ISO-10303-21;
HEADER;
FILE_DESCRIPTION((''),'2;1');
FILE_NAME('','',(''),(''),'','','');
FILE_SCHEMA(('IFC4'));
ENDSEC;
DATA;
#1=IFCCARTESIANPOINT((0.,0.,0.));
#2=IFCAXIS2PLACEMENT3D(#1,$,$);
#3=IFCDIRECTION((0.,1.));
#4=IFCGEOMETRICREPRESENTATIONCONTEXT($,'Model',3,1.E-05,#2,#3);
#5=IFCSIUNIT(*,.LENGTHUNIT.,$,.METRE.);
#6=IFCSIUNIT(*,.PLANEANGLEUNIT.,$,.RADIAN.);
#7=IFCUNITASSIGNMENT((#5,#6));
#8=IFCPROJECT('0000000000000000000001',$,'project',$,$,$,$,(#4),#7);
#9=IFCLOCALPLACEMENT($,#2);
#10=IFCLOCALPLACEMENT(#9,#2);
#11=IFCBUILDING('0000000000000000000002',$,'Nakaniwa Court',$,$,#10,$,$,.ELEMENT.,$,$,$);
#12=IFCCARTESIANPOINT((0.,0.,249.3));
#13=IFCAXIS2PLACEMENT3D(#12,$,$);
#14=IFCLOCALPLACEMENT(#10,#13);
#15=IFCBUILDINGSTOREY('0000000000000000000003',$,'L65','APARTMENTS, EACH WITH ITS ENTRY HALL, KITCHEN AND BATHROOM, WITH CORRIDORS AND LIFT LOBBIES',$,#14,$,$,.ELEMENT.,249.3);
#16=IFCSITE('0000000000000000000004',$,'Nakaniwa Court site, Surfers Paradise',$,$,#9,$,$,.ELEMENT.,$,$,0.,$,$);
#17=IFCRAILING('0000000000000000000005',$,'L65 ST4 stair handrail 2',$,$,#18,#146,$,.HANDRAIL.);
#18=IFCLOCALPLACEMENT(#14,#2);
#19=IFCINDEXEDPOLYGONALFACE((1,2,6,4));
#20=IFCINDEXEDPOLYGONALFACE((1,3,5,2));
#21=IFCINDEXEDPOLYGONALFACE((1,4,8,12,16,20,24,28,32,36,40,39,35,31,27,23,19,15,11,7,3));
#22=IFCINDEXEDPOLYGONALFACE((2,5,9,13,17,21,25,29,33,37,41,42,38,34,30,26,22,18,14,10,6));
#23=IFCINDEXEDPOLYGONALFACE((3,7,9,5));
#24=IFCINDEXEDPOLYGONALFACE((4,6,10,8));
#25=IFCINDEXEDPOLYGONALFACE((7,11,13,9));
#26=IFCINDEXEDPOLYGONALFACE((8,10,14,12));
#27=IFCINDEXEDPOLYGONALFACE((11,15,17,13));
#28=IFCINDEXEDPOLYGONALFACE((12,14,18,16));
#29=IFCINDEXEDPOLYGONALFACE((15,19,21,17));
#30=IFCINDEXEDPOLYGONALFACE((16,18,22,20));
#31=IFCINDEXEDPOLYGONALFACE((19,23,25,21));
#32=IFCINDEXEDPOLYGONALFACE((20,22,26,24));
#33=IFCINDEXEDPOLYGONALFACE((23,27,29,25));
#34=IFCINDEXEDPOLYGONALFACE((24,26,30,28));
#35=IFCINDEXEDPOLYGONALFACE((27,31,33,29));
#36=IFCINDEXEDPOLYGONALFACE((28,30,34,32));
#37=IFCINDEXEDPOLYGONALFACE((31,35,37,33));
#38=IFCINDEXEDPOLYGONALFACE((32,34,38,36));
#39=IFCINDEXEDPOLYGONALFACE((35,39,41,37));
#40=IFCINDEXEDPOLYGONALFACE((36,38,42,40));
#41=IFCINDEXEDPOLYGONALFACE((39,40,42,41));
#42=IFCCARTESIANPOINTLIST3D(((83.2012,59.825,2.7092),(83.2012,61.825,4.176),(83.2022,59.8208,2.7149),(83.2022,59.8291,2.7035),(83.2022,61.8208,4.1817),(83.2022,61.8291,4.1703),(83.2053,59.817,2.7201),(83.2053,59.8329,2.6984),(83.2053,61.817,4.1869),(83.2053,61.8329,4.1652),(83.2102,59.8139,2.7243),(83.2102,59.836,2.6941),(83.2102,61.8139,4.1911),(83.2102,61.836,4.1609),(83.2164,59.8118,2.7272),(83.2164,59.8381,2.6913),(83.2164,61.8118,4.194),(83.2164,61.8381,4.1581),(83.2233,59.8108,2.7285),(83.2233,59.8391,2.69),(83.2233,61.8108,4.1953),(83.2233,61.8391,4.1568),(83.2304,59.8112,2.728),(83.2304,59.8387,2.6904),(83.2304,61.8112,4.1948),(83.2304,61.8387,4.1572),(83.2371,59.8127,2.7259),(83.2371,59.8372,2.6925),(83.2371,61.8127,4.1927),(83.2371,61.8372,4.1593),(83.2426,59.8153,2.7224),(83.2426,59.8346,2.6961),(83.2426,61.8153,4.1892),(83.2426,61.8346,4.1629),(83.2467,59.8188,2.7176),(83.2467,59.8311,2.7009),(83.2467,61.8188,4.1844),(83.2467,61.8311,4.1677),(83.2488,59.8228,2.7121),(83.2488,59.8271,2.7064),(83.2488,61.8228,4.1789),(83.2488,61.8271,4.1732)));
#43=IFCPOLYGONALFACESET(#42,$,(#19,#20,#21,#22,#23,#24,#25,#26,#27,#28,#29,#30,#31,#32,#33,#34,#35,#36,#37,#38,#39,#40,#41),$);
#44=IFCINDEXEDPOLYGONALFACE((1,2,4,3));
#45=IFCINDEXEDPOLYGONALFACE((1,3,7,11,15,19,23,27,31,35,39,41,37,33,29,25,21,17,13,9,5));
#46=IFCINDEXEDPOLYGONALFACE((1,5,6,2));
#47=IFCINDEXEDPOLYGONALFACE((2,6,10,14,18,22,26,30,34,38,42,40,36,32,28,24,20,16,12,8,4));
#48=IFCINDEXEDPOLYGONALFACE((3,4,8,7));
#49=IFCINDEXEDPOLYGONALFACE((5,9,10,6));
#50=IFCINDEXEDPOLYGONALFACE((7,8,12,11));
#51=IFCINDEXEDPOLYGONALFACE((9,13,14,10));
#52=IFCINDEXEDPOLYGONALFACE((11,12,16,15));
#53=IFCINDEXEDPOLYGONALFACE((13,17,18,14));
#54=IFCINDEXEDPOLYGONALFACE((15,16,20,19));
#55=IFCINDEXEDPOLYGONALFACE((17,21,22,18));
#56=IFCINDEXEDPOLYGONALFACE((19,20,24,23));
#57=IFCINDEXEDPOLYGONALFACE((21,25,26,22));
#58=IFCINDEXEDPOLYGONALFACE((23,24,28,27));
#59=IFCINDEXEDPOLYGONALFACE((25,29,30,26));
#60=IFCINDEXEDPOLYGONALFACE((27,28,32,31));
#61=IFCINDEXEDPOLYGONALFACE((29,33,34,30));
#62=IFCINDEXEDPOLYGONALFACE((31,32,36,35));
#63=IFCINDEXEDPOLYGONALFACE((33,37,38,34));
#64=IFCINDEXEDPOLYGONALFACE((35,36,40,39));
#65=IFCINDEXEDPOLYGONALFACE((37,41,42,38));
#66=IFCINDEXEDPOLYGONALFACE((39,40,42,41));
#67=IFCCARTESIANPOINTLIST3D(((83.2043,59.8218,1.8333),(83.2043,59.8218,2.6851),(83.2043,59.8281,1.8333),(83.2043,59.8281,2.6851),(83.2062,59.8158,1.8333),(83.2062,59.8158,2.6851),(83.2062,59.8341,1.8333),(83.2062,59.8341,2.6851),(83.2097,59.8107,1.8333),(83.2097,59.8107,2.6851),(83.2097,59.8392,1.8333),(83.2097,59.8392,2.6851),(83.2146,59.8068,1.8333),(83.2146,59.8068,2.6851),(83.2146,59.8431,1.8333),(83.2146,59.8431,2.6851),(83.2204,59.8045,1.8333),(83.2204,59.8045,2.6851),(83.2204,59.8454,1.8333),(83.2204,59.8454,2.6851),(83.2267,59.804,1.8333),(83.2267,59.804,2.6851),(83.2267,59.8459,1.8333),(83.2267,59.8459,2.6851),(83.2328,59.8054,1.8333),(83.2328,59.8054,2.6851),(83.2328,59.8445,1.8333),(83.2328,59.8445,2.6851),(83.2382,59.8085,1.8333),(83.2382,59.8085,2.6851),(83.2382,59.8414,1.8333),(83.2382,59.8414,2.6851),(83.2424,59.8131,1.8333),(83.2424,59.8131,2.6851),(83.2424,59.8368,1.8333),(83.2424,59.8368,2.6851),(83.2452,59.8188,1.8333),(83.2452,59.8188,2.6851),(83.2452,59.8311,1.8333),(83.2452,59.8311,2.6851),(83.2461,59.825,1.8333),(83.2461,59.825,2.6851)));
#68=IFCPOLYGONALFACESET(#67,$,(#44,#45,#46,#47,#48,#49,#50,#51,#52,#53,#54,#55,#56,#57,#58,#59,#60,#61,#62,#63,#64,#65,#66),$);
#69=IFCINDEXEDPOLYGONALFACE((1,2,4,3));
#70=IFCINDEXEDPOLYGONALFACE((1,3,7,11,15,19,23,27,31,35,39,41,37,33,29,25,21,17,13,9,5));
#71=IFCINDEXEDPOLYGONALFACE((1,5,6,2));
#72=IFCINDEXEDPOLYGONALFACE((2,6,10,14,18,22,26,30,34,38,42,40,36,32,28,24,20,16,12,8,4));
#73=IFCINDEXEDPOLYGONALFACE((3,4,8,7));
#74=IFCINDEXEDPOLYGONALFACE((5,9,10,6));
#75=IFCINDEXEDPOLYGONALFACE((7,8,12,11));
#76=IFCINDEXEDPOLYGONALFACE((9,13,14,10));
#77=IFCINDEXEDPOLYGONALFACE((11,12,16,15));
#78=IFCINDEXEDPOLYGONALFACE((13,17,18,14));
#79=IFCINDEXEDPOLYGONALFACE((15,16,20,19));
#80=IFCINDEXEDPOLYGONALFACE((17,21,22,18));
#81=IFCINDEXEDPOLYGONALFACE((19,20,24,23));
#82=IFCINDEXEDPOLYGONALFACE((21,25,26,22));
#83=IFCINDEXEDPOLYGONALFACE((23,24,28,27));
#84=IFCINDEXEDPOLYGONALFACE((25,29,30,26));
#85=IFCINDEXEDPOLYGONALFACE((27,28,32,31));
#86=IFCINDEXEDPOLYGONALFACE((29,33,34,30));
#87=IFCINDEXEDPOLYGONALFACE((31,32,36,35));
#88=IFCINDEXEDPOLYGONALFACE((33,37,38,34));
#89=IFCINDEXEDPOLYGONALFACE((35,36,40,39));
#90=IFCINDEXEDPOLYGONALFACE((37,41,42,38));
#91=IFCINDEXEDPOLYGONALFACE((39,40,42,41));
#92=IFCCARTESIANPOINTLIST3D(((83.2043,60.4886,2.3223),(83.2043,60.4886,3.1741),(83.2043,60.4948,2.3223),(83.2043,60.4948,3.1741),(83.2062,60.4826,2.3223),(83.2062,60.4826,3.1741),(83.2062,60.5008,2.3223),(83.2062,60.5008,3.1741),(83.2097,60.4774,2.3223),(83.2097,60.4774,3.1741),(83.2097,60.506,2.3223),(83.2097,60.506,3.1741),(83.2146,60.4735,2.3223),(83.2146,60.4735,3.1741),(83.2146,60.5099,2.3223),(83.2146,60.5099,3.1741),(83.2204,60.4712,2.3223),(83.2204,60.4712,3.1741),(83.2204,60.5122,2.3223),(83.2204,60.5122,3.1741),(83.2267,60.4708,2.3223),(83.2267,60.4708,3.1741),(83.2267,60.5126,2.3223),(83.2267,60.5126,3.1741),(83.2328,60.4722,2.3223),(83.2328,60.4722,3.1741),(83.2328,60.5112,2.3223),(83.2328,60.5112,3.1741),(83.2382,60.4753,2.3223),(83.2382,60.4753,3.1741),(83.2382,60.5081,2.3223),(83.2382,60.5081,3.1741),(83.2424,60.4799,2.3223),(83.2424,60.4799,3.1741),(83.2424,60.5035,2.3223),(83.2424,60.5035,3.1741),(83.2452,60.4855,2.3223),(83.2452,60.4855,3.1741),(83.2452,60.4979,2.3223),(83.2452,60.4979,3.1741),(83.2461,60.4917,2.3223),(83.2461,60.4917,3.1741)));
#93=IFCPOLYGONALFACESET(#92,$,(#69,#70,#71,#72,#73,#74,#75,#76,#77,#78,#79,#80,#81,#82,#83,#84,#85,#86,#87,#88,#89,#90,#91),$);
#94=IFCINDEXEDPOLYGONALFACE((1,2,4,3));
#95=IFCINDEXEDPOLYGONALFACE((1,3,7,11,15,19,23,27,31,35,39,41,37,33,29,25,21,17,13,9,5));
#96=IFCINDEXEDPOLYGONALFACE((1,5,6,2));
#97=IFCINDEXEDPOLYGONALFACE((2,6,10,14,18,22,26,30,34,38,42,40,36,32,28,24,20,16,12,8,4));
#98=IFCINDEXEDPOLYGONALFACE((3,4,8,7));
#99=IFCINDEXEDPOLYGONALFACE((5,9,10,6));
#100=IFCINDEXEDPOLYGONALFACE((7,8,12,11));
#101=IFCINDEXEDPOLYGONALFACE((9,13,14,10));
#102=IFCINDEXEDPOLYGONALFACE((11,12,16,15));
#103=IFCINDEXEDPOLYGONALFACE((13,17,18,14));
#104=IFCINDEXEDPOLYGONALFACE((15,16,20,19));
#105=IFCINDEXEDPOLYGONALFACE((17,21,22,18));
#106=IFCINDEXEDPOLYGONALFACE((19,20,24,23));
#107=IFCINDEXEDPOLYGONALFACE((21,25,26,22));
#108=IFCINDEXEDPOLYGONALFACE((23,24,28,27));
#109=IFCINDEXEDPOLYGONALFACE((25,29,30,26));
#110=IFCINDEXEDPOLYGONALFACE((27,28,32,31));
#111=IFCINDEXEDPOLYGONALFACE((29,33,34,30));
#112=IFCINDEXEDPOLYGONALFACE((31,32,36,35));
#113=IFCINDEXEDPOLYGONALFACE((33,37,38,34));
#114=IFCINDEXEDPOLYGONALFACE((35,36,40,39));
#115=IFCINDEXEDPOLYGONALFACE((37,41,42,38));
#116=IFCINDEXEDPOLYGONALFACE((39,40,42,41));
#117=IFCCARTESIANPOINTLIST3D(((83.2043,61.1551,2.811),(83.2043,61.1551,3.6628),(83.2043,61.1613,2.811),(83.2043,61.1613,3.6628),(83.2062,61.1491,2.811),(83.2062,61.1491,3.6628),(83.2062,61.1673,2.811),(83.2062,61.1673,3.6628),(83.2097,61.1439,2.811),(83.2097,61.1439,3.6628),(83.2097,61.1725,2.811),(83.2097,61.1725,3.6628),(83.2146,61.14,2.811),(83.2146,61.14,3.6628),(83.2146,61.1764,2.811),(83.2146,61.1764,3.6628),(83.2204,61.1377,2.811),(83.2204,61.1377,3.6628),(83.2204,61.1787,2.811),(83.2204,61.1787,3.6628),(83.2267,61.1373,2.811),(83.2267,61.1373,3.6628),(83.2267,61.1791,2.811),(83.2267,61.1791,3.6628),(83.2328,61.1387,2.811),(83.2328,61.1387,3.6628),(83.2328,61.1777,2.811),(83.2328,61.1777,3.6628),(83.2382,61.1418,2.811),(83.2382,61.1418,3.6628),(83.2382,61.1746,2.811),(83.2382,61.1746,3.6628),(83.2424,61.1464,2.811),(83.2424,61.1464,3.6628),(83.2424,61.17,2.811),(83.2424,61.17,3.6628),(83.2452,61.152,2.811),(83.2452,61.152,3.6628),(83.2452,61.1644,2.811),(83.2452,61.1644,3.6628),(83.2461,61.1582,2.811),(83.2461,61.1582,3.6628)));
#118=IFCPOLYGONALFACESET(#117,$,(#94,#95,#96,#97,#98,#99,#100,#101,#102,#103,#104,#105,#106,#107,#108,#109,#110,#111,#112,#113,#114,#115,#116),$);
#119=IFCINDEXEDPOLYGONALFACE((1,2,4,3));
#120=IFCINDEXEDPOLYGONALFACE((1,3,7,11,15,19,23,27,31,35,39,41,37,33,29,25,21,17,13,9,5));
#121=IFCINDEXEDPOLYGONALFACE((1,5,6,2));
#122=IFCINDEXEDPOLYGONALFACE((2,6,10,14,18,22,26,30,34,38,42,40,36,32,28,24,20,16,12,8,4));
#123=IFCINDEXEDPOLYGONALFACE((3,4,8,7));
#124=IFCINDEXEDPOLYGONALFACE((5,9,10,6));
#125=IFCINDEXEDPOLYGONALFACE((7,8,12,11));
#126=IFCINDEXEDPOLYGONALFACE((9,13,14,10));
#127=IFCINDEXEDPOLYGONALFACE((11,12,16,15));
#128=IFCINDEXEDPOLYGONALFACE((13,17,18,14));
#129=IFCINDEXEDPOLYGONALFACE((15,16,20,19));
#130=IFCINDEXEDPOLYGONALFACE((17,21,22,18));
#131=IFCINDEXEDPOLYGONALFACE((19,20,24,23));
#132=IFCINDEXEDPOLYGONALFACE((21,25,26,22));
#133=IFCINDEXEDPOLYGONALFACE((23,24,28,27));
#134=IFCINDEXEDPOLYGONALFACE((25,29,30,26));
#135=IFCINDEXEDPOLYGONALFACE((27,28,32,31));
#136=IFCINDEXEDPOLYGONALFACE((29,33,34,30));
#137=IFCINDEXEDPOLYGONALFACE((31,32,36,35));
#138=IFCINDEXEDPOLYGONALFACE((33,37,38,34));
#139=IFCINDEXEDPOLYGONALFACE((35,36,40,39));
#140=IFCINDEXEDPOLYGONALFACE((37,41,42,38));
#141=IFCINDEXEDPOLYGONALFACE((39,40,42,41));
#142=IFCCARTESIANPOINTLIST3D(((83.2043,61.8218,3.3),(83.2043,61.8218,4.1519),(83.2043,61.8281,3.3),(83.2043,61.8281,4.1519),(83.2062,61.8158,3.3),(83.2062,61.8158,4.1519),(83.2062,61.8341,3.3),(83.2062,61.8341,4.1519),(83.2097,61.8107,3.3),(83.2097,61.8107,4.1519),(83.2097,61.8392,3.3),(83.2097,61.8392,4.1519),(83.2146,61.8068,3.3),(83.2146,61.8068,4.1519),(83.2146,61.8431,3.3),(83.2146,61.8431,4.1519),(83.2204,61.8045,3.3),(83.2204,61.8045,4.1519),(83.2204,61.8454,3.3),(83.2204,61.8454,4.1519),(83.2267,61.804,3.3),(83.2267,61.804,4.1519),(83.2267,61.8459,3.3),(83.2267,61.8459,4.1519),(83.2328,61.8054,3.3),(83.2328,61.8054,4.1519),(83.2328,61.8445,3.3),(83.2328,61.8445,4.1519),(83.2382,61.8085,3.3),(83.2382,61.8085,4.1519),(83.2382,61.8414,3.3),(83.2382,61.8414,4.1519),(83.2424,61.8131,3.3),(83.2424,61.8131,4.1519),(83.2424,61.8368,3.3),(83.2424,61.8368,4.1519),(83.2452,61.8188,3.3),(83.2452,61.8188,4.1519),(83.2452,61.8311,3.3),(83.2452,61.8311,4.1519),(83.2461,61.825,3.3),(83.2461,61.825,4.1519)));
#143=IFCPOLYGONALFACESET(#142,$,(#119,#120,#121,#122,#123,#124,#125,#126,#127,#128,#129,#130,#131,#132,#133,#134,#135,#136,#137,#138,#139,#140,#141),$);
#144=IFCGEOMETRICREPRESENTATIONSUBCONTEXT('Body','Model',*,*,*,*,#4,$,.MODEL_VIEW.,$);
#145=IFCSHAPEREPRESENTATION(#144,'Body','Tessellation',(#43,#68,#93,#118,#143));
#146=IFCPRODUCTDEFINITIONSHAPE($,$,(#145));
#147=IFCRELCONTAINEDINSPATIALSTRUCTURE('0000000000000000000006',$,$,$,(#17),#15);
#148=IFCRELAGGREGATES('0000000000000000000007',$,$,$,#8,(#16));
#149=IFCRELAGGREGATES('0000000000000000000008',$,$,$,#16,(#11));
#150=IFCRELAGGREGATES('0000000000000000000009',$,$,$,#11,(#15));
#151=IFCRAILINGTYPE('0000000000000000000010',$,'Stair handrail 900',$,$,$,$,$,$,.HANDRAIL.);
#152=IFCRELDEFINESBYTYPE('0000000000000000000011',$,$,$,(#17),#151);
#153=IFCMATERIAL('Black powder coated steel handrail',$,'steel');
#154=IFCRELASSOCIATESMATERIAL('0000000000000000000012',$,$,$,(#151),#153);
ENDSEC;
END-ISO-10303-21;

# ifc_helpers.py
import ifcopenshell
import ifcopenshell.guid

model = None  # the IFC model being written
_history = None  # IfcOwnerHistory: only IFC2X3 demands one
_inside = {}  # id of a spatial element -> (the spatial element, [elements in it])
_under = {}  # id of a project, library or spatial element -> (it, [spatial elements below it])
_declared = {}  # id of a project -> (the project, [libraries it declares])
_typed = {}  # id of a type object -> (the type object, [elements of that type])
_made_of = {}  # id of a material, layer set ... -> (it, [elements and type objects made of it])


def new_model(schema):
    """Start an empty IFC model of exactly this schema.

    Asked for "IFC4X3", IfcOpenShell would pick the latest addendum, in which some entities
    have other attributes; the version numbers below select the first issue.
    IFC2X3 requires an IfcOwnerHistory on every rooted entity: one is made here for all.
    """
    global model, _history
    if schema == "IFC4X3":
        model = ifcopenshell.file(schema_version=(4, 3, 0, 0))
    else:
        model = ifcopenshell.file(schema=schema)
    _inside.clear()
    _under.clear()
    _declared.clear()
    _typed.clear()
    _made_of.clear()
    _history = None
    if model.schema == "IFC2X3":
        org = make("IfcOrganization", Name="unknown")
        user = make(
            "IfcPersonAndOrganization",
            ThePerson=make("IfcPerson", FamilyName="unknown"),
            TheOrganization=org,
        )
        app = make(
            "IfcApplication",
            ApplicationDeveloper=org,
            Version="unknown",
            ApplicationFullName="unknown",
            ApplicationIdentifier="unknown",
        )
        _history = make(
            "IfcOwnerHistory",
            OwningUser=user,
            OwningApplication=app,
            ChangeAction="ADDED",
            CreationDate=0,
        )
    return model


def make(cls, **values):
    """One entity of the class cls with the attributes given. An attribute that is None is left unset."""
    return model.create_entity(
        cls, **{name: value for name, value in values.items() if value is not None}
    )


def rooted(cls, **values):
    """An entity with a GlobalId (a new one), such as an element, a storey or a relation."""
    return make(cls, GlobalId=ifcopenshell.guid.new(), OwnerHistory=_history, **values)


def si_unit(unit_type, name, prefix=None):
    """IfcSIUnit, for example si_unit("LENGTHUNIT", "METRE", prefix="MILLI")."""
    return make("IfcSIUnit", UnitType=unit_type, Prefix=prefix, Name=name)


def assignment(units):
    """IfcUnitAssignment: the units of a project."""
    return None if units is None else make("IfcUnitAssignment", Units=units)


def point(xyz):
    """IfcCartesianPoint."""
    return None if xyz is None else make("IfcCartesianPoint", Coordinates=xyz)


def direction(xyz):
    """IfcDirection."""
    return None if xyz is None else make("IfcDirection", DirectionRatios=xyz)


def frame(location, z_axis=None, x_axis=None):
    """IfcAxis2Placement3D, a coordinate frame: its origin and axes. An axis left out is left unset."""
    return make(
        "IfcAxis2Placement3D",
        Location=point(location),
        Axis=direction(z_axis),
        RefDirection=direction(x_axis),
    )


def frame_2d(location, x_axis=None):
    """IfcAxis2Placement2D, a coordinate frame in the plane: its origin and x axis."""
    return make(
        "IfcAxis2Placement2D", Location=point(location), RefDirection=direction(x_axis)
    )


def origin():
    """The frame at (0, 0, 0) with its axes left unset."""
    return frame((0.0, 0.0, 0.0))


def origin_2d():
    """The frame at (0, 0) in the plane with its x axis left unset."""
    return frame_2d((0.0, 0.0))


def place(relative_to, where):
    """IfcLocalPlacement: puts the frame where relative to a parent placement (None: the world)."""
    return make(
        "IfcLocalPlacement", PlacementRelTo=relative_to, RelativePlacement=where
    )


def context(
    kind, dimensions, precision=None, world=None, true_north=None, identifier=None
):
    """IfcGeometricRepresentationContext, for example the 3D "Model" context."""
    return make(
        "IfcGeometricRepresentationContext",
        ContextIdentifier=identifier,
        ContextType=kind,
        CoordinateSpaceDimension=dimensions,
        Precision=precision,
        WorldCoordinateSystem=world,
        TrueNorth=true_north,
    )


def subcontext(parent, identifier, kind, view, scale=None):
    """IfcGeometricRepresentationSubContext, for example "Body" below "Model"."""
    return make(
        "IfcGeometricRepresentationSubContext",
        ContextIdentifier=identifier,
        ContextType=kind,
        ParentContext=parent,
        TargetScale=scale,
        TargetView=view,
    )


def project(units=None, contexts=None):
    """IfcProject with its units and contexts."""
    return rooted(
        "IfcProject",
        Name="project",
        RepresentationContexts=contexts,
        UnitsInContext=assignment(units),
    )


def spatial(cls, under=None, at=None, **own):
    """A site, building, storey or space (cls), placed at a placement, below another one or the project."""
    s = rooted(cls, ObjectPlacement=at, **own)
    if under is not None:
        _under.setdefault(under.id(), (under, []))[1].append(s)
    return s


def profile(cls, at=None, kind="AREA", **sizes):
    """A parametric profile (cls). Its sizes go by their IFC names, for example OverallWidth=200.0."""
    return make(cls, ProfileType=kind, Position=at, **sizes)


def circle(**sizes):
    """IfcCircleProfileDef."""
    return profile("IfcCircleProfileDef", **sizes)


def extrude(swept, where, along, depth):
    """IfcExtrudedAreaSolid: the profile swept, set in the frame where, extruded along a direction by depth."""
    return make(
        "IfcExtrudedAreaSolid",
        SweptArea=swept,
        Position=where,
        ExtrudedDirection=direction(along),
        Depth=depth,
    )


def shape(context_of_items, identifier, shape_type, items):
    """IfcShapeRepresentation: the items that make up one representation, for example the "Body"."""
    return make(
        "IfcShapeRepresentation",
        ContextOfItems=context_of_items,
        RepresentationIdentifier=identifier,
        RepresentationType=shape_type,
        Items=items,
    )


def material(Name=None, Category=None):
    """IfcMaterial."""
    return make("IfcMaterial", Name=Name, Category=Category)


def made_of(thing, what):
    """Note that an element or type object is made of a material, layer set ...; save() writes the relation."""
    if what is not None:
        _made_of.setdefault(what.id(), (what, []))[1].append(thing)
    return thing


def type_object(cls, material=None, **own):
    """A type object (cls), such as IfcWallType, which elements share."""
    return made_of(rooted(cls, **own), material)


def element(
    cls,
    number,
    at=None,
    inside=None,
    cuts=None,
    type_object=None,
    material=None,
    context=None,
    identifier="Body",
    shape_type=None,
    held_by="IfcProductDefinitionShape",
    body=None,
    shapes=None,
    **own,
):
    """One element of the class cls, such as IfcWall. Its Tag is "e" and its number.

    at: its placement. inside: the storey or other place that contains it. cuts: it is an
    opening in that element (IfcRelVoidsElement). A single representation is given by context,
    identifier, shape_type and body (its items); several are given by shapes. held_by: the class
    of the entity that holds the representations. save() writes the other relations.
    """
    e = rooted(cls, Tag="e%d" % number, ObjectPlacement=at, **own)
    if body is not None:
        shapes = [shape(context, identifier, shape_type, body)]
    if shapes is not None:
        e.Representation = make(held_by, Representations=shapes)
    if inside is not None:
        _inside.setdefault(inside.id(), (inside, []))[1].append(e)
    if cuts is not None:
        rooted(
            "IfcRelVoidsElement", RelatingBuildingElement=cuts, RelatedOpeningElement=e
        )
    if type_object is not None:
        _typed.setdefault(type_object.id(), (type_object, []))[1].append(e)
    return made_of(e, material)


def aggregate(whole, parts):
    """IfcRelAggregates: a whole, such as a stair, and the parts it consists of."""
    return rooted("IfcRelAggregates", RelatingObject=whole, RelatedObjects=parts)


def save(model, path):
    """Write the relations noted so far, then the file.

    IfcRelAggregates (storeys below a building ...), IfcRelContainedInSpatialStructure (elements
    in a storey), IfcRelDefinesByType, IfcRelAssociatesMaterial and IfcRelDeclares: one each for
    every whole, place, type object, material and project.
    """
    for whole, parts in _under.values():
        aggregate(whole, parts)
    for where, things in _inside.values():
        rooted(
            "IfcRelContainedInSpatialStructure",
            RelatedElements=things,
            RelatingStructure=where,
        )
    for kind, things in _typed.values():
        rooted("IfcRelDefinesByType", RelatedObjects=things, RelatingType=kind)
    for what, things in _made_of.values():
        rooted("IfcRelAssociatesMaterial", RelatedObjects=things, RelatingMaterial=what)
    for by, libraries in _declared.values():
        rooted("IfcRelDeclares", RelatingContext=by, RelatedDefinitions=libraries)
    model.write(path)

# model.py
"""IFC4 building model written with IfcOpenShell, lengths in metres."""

from ifc_helpers import new_model, si_unit, direction, frame, origin, origin_2d, place, context, subcontext, project, spatial, circle, extrude, material, type_object, element, save


model = new_model("IFC4")

# Units and contexts
model_context = context("Model", 3, precision=1e-05, world=origin(), true_north=direction((0.0, 1.0)))
body_context = subcontext(model_context, "Body", "Model", "MODEL_VIEW")
ifc_project = project(units=[si_unit("LENGTHUNIT", "METRE"), si_unit("PLANEANGLEUNIT", "RADIAN")], contexts=[model_context])

# Site, building, storey
site_placement = place(None, origin())
site = spatial("IfcSite", under=ifc_project, at=site_placement, Name="Nakaniwa Court site, Surfers Paradise", CompositionType="ELEMENT", RefElevation=0.0)
building_placement = place(site_placement, origin())
building = spatial("IfcBuilding", under=site, at=building_placement, Name="Nakaniwa Court", CompositionType="ELEMENT")
storey_placement = place(building_placement, frame((0.0, 0.0, 249.3)))
storey = spatial("IfcBuildingStorey", under=building, at=storey_placement, Name="L65", Description="APARTMENTS, EACH WITH ITS ENTRY HALL, KITCHEN AND BATHROOM, WITH CORRIDORS AND LIFT LOBBIES", CompositionType="ELEMENT", Elevation=249.3)

# Railing
ifc_material_1 = material(Name="Black powder coated steel handrail", Category="steel")
railing_type_1 = type_object("IfcRailingType", Name="Stair handrail 900", PredefinedType="HANDRAIL", material=ifc_material_1)
railing_1_placement = place(storey_placement, frame((83.2251, 59.825, 1.8333)))
element("IfcRailing", 1, at=railing_1_placement, inside=storey, type_object=railing_type_1, Name="L65 ST4 stair handrail 2", PredefinedType="HANDRAIL", context=body_context, shape_type="SweptSolid", body=[
    extrude(circle(Radius=0.0239, at=origin_2d()), frame((0.0, 0.0, 0.876), z_axis=(0.0, 0.80638, 0.591398), x_axis=(-1.0, 0.0, 0.0)), (0.0, 0.0, 1.0), 2.4802),
    extrude(circle(Radius=0.021, at=origin_2d()), origin(), (0.0, 0.0, 1.0), 0.8518),
    extrude(circle(Radius=0.021, at=origin_2d()), frame((0.0, 0.6667, 0.489)), (0.0, 0.0, 1.0), 0.8518),
    extrude(circle(Radius=0.021, at=origin_2d()), frame((0.0, 1.3333, 0.9778)), (0.0, 0.0, 1.0), 0.8518),
    extrude(circle(Radius=0.021, at=origin_2d()), frame((0.0, 2.0, 1.4668)), (0.0, 0.0, 1.0), 0.8518),
])

save(model, "model.ifc")
